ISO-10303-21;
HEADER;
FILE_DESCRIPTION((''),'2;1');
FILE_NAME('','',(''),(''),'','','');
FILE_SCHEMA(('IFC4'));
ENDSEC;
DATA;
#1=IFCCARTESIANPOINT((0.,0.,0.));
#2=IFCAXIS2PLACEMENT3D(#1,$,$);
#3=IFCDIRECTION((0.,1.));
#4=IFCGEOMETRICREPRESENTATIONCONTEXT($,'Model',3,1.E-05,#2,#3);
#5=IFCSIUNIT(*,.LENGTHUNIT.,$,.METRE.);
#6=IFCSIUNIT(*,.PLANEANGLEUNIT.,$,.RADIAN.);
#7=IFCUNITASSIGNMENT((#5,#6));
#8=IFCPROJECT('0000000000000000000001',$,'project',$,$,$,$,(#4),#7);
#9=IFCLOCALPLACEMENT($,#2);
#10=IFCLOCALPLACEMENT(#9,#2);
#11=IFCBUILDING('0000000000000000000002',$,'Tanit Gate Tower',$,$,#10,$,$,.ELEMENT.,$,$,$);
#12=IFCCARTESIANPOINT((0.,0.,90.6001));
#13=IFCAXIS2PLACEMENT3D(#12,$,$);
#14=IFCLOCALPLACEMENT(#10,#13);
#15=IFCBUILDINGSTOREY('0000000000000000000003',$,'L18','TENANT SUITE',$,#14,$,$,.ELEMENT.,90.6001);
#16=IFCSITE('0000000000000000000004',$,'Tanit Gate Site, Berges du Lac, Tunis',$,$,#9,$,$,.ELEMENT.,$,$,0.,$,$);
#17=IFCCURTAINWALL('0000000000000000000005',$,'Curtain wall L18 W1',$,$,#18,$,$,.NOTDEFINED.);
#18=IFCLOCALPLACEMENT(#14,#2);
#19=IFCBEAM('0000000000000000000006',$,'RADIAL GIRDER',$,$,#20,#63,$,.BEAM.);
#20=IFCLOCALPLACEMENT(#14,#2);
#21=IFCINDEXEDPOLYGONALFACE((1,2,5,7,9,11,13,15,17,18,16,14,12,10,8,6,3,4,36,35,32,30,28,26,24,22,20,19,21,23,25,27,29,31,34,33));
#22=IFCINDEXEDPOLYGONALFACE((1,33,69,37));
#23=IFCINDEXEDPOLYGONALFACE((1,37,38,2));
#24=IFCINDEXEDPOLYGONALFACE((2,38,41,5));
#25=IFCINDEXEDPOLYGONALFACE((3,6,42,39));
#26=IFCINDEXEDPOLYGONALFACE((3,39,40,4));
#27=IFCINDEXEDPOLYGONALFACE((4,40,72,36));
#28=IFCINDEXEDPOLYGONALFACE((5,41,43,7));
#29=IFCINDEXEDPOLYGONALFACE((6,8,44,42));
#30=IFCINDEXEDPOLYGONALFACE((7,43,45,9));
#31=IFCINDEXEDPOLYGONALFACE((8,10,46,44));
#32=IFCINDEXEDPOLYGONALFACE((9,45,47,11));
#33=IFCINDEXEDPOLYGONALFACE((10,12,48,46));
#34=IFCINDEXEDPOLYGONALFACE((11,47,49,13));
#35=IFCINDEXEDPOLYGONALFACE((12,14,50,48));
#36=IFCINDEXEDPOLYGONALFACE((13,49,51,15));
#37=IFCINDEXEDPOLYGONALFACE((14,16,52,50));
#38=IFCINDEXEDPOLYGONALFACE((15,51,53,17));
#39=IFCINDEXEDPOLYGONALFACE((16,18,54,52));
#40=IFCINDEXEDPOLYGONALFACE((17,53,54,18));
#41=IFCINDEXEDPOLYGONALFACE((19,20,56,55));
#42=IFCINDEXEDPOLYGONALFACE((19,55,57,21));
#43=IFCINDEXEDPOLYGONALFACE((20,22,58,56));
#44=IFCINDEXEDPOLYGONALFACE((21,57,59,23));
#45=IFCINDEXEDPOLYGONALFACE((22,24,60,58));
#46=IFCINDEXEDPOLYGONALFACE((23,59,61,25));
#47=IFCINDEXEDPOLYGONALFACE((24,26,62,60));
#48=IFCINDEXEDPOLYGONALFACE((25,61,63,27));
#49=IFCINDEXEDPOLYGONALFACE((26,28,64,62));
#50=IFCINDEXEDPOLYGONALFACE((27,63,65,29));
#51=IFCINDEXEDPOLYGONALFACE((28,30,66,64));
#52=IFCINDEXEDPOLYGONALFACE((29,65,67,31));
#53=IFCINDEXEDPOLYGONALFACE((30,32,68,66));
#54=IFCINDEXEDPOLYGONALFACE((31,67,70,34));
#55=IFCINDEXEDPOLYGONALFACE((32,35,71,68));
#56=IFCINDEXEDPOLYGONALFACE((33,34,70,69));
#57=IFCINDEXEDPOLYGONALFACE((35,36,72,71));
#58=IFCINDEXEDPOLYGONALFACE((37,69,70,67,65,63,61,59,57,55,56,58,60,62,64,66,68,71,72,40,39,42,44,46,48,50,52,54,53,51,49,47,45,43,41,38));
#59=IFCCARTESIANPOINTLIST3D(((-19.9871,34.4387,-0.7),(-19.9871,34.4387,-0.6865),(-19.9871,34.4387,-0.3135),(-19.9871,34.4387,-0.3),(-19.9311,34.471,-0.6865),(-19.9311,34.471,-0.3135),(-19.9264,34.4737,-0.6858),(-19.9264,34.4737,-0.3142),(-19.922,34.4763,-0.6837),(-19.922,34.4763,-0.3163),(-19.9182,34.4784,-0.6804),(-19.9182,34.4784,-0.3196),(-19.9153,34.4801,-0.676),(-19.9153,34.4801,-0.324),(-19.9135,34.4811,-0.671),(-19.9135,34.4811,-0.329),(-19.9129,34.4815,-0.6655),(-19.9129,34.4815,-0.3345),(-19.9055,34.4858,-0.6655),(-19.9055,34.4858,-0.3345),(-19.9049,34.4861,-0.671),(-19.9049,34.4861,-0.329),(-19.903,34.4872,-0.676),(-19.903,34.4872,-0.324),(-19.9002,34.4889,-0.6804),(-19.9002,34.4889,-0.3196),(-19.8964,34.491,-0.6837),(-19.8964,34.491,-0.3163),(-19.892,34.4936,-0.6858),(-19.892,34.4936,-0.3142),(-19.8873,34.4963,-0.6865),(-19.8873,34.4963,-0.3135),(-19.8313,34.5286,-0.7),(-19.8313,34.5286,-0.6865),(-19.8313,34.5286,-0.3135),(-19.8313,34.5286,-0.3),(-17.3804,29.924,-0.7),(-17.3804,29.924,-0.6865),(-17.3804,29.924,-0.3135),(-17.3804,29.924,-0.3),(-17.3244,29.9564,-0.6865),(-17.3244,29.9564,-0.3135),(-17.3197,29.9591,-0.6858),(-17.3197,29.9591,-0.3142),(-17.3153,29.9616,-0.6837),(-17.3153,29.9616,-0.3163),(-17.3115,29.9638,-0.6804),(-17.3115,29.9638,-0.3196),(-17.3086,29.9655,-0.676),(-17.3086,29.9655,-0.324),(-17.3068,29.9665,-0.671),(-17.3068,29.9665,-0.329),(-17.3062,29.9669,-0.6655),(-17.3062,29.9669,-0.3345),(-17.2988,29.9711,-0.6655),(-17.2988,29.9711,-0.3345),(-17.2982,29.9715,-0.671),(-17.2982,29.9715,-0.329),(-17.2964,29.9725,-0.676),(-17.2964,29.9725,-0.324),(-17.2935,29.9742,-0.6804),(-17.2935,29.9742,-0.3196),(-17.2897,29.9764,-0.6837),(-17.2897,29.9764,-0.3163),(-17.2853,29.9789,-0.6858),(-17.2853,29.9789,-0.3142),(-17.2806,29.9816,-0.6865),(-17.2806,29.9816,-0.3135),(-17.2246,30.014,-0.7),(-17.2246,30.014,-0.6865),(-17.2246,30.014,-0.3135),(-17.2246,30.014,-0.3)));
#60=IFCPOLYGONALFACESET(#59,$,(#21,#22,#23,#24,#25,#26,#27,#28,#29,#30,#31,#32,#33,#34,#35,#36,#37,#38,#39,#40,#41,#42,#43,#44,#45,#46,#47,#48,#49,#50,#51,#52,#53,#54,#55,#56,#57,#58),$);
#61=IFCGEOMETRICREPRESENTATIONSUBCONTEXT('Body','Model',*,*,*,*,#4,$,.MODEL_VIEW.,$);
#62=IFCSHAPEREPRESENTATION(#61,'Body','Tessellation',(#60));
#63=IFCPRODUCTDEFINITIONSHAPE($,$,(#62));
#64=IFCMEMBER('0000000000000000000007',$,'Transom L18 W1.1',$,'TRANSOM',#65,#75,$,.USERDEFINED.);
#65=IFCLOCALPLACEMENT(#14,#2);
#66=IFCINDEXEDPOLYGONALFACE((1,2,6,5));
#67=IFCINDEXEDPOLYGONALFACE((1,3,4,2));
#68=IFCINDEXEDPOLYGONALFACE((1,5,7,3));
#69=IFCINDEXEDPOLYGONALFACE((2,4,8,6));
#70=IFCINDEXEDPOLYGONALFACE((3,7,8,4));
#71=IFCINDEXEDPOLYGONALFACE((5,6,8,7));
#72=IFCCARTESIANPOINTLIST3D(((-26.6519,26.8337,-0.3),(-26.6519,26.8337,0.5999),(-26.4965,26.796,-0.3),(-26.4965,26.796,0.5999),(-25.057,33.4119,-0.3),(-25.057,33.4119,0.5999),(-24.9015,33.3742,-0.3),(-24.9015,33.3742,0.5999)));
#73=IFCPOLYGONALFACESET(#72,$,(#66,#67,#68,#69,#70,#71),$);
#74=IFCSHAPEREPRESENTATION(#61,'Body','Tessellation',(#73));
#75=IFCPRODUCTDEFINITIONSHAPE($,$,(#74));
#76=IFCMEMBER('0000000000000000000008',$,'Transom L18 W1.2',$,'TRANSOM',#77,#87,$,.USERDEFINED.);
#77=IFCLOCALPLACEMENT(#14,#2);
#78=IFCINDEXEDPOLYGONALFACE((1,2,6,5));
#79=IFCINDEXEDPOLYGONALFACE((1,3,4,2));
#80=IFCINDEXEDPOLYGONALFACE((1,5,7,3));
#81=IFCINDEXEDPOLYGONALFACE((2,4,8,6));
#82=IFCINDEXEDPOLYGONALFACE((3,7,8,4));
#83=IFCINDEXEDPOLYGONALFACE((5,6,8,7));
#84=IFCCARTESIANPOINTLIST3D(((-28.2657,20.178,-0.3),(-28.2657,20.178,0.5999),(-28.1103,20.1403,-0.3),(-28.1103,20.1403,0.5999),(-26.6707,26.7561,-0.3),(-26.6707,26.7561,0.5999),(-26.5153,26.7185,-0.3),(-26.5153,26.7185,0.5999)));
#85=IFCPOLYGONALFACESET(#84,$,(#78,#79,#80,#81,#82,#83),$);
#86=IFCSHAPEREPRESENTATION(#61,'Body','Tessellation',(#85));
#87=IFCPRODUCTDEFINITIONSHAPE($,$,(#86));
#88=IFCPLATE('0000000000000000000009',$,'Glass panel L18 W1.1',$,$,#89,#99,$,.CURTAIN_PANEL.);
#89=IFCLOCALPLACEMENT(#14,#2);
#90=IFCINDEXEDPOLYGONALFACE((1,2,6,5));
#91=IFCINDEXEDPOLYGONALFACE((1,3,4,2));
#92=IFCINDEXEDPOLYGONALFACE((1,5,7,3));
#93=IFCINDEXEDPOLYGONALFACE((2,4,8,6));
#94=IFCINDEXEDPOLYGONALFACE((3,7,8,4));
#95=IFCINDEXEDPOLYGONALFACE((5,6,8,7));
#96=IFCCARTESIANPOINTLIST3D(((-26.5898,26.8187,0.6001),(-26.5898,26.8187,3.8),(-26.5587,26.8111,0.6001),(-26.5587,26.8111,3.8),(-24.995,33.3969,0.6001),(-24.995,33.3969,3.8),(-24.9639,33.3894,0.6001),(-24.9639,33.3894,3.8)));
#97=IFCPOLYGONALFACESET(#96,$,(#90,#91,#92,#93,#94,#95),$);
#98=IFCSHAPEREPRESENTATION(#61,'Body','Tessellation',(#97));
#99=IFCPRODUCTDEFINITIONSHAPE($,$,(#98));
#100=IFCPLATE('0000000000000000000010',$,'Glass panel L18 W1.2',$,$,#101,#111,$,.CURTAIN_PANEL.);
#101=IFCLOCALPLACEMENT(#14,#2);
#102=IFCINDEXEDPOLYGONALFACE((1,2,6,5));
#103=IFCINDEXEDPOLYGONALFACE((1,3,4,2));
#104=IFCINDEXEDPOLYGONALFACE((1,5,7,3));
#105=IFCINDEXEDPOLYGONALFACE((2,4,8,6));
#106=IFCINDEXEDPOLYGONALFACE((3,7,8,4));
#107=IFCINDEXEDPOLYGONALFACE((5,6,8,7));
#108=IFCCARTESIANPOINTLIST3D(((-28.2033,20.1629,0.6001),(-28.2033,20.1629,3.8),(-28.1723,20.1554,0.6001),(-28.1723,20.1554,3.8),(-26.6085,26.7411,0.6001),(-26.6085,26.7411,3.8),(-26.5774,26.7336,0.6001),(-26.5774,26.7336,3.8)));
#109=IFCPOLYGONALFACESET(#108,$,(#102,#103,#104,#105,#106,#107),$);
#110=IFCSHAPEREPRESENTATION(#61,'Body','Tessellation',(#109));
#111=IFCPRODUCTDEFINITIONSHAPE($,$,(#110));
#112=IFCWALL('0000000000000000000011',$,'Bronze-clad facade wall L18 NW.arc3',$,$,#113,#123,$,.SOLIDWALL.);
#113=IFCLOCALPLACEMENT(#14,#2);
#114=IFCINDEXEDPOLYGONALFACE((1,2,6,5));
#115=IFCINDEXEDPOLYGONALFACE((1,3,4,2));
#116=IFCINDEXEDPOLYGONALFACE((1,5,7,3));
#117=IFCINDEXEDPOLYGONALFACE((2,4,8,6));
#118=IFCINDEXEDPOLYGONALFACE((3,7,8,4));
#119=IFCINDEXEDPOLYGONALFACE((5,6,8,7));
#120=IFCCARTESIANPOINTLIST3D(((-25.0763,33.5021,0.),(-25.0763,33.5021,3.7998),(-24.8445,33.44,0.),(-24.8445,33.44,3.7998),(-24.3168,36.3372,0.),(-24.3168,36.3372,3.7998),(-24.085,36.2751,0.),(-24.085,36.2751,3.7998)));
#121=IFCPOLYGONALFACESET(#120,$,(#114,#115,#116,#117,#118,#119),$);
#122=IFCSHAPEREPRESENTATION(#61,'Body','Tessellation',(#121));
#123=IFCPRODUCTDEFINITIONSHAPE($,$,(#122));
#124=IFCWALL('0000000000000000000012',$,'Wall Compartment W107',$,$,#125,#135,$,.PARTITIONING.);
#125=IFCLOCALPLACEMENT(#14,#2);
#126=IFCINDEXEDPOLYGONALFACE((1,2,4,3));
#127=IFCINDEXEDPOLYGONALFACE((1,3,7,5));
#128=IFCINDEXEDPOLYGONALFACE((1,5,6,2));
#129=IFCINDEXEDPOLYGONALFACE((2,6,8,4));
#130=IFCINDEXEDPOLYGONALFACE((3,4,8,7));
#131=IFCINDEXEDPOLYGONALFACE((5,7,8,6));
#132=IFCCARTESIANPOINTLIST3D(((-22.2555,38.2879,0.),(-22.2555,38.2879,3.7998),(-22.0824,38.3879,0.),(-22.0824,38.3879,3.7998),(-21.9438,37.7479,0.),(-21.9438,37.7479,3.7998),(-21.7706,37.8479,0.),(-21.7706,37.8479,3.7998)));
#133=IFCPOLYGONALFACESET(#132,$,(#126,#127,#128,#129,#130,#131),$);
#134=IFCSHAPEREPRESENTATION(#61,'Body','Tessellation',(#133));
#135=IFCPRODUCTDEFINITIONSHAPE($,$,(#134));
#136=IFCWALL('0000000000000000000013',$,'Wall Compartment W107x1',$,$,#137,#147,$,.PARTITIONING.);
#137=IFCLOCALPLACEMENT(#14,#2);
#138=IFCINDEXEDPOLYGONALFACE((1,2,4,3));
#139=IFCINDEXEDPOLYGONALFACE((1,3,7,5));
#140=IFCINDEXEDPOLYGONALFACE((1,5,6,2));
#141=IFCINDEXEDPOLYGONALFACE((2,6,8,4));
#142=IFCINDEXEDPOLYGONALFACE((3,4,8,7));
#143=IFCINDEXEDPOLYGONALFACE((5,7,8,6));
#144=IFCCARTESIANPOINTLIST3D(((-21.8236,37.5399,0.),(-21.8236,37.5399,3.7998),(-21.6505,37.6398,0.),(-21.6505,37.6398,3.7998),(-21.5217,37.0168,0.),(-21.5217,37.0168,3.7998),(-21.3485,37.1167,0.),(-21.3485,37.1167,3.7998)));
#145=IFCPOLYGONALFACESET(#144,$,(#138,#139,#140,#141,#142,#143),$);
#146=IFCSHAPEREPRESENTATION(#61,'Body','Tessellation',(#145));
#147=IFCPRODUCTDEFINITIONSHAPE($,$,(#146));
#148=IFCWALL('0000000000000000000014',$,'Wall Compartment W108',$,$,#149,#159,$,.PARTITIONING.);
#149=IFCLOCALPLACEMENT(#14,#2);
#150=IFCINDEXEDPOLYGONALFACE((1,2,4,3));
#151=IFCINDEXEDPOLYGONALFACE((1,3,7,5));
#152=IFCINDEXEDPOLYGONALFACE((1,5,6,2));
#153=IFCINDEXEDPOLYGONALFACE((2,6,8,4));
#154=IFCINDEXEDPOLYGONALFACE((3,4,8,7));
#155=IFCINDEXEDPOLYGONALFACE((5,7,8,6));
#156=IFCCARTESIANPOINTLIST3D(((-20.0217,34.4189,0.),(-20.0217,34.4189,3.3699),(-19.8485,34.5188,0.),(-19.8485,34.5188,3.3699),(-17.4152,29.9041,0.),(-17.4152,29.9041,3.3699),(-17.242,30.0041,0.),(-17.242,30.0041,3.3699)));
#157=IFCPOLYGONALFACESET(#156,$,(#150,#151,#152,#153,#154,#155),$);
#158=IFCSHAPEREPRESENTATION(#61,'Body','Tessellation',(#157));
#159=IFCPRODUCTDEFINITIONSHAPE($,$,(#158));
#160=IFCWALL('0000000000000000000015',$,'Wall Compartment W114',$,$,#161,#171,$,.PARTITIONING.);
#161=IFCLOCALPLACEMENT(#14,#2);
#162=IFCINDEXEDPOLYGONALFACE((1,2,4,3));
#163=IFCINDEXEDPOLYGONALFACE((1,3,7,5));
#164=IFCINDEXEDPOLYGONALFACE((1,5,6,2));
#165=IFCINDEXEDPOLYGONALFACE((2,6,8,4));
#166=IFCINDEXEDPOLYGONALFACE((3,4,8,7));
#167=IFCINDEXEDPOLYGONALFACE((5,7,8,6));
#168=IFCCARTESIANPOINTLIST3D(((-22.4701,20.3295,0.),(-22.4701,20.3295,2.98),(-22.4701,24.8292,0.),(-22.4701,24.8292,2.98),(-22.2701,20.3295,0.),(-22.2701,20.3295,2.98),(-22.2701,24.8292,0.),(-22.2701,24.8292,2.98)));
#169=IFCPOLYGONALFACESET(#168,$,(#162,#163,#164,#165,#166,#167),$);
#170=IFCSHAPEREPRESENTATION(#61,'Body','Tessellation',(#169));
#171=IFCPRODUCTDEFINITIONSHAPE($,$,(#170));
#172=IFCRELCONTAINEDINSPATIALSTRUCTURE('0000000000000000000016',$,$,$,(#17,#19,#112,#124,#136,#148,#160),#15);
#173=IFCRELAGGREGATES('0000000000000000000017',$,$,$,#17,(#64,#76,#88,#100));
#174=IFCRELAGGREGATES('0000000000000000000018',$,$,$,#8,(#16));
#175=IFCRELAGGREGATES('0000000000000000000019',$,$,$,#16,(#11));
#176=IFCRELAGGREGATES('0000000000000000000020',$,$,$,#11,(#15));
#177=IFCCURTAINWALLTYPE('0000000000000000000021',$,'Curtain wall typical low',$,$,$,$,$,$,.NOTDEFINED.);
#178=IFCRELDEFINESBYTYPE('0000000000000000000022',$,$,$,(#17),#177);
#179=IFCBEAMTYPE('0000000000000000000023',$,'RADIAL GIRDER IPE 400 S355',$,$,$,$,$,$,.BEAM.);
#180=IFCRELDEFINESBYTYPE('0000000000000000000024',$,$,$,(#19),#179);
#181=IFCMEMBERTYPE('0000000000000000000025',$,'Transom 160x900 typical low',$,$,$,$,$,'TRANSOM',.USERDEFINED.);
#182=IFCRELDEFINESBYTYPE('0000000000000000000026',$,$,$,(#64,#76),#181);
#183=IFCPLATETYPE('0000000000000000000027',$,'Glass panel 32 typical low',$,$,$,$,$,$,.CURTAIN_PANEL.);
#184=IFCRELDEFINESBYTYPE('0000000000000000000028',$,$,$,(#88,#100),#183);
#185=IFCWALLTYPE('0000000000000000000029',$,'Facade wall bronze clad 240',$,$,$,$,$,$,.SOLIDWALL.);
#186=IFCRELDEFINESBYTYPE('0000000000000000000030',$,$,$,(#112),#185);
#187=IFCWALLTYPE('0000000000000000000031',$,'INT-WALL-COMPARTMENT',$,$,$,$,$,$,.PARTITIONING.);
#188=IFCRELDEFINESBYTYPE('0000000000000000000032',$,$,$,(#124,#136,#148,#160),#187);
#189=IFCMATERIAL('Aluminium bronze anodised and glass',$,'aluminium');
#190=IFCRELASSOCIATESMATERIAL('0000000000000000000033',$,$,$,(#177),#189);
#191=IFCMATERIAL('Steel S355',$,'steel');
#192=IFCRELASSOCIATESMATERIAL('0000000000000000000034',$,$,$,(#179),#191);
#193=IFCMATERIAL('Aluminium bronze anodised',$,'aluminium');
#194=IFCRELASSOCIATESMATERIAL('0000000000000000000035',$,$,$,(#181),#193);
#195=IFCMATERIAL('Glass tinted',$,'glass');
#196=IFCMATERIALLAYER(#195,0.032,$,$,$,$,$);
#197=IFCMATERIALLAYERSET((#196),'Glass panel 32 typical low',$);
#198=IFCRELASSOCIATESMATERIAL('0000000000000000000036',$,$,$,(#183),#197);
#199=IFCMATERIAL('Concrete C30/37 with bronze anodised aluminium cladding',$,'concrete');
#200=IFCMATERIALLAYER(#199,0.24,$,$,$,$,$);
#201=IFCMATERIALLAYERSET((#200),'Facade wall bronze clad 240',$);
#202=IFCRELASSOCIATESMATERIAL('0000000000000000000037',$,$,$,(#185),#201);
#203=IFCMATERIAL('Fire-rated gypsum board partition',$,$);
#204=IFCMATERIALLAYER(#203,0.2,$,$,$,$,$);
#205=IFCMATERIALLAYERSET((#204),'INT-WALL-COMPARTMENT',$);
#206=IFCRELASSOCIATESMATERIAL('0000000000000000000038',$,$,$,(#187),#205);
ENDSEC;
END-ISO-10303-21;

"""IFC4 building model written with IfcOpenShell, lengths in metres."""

from ifc_helpers import new_model, si_unit, direction, frame, frame_2d, origin, origin_2d, place, context, subcontext, project, spatial, rectangle, i_section, extrude, material, layer, layer_set, material_profile, profile_set, type_object, element, aggregate, save


model = new_model("IFC4")

# Units and contexts
model_context = context("Model", 3, precision=1e-05, world=origin(), true_north=direction((0.0, 1.0)))
body_context = subcontext(model_context, "Body", "Model", "MODEL_VIEW")
ifc_project = project(units=[si_unit("LENGTHUNIT", "METRE"), si_unit("PLANEANGLEUNIT", "RADIAN")], contexts=[model_context])

# Site, building, storey
site_placement = place(None, origin())
site = spatial("IfcSite", under=ifc_project, at=site_placement, Name="Tanit Gate Site, Berges du Lac, Tunis", CompositionType="ELEMENT", RefElevation=0.0)
building_placement = place(site_placement, origin())
building = spatial("IfcBuilding", under=site, at=building_placement, Name="Tanit Gate Tower", CompositionType="ELEMENT")
storey_placement = place(building_placement, frame((0.0, 0.0, 90.6001)))
storey = spatial("IfcBuildingStorey", under=building, at=storey_placement, Name="L18", Description="TENANT SUITE", CompositionType="ELEMENT", Elevation=90.6001)

# Curtain wall
ifc_material_1 = material(Name="Aluminium bronze anodised and glass", Category="aluminium")
curtain_wall_type = type_object("IfcCurtainWallType", Name="Curtain wall typical low", PredefinedType="NOTDEFINED", material=ifc_material_1)
curtain_wall_placement = place(storey_placement, origin())
curtain_wall = element("IfcCurtainWall", 1, at=curtain_wall_placement, inside=storey, type_object=curtain_wall_type, Name="Curtain wall L18 W1", PredefinedType="NOTDEFINED")

# Beam
ifc_material_2 = material(Name="Steel S355", Category="steel")
ifc_material_profile_1 = material_profile(ifc_material_2, i_section(OverallWidth=0.1799, OverallDepth=0.3999, WebThickness=0.0085, FlangeThickness=0.0134, FilletRadius=0.021, at=origin_2d()), Name="IPE 400")
ifc_profile_set_1 = profile_set([ifc_material_profile_1], Name="Steel S355")
beam_type_1 = type_object("IfcBeamType", Name="RADIAL GIRDER IPE 400 S355", PredefinedType="BEAM", material=ifc_profile_set_1)
beam_1_placement = place(storey_placement, frame((-19.9092, 34.4836, -0.5), z_axis=(0.500022, -0.866012, 0.0), x_axis=(0.866012, 0.500022, 0.0)))
element("IfcBeam", 2, at=beam_1_placement, inside=storey, type_object=beam_type_1, Name="RADIAL GIRDER", PredefinedType="BEAM", context=body_context, shape_type="SweptSolid", body=[
    extrude(i_section(OverallWidth=0.1799, OverallDepth=0.3999, WebThickness=0.0085, FlangeThickness=0.0134, FilletRadius=0.021, at=origin_2d()), origin(), (0.0, 0.0, 1.0), 5.2131),
])

# Members
ifc_material_3 = material(Name="Aluminium bronze anodised", Category="aluminium")
ifc_material_profile_2 = material_profile(ifc_material_3, rectangle(XDim=0.1599, YDim=0.8999, at=origin_2d()), Name="160x900 bronze transom")
ifc_profile_set_2 = profile_set([ifc_material_profile_2], Name="Aluminium bronze anodised")
member_type_1 = type_object("IfcMemberType", Name="Transom 160x900 typical low", ElementType="TRANSOM", PredefinedType="USERDEFINED", material=ifc_profile_set_2)
member_1_placement = place(storey_placement, frame((-24.9792, 33.3931, 0.1499), z_axis=(-0.235638, -0.971841, 0.0), x_axis=(0.971841, -0.235638, 0.0)))
member_1 = element("IfcMember", 3, at=member_1_placement, type_object=member_type_1, Name="Transom L18 W1.1", ObjectType="TRANSOM", PredefinedType="USERDEFINED", context=body_context, shape_type="SweptSolid", body=[
    extrude(rectangle(XDim=0.1599, YDim=0.8999, at=origin_2d()), origin(), (0.0, 0.0, 1.0), 6.7688),
])
member_2_placement = place(storey_placement, frame((-26.593, 26.7373, 0.1499), z_axis=(-0.235638, -0.971841, 0.0), x_axis=(0.971841, -0.235638, 0.0)))
member_2 = element("IfcMember", 4, at=member_2_placement, type_object=member_type_1, Name="Transom L18 W1.2", ObjectType="TRANSOM", PredefinedType="USERDEFINED", context=body_context, shape_type="SweptSolid", body=[
    extrude(rectangle(XDim=0.1599, YDim=0.8999, at=origin_2d()), origin(), (0.0, 0.0, 1.0), 6.7688),
])

# Plates
ifc_material_4 = material(Name="Glass tinted", Category="glass")
ifc_layer_1 = layer(ifc_material_4, 0.032)
ifc_layer_set_1 = layer_set([ifc_layer_1], Name="Glass panel 32 typical low")
plate_type = type_object("IfcPlateType", Name="Glass panel 32 typical low", PredefinedType="CURTAIN_PANEL", material=ifc_layer_set_1)
plate_1_placement = place(storey_placement, frame((-25.7769, 30.104, 0.6001), z_axis=(0.0, 0.0, 1.0), x_axis=(-0.235618, -0.971846, 0.0)))
plate_1 = element("IfcPlate", 5, at=plate_1_placement, type_object=plate_type, Name="Glass panel L18 W1.1", PredefinedType="CURTAIN_PANEL", context=body_context, shape_type="SweptSolid", body=[
    extrude(rectangle(XDim=6.7688, YDim=0.032, at=origin_2d()), origin(), (0.0, 0.0, 1.0), 3.2),
])
plate_2_placement = place(storey_placement, frame((-27.3904, 23.4482, 0.6001), z_axis=(0.0, 0.0, 1.0), x_axis=(-0.235618, -0.971846, 0.0)))
plate_2 = element("IfcPlate", 6, at=plate_2_placement, type_object=plate_type, Name="Glass panel L18 W1.2", PredefinedType="CURTAIN_PANEL", context=body_context, shape_type="SweptSolid", body=[
    extrude(rectangle(XDim=6.7688, YDim=0.032, at=origin_2d()), origin(), (0.0, 0.0, 1.0), 3.2),
])
aggregate(curtain_wall, [member_1, member_2, plate_1, plate_2])

# Walls
ifc_material_5 = material(Name="Concrete C30/37 with bronze anodised aluminium cladding", Category="concrete")
ifc_layer_2 = layer(ifc_material_5, 0.24)
ifc_layer_set_2 = layer_set([ifc_layer_2], Name="Facade wall bronze clad 240")
wall_type_1 = type_object("IfcWallType", Name="Facade wall bronze clad 240", PredefinedType="SOLIDWALL", material=ifc_layer_set_2)
wall_1_placement = place(storey_placement, frame((-24.2009, 36.3062, 0.0), z_axis=(0.0, 0.0, 1.0), x_axis=(-0.258765, -0.96594, 0.0)))
element("IfcWall", 7, at=wall_1_placement, inside=storey, type_object=wall_type_1, Name="Bronze-clad facade wall L18 NW.arc3", PredefinedType="SOLIDWALL", context=body_context, shape_type="SweptSolid", body=[
    extrude(rectangle(XDim=2.9351, YDim=0.24, at=frame_2d((1.4675, 0.0))), origin(), (0.0, 0.0, 1.0), 3.7998),
])
ifc_material_6 = material(Name="Fire-rated gypsum board partition")
ifc_layer_3 = layer(ifc_material_6, 0.2)
ifc_layer_set_3 = layer_set([ifc_layer_3], Name="INT-WALL-COMPARTMENT")
wall_type_2 = type_object("IfcWallType", Name="INT-WALL-COMPARTMENT", PredefinedType="PARTITIONING", material=ifc_layer_set_3)
wall_2_placement = place(storey_placement, frame((-22.1689, 38.3379, 0.0), z_axis=(0.0, 0.0, 1.0), x_axis=(0.499971, -0.866042, 0.0)))
element("IfcWall", 8, at=wall_2_placement, inside=storey, type_object=wall_type_2, Name="Wall Compartment W107", PredefinedType="PARTITIONING", context=body_context, shape_type="SweptSolid", body=[
    extrude(rectangle(XDim=0.6235, YDim=0.2, at=frame_2d((0.3118, 0.0))), origin(), (0.0, 0.0, 1.0), 3.7998),
])
wall_3_placement = place(storey_placement, frame((-21.7371, 37.5898, 0.0), z_axis=(0.0, 0.0, 1.0), x_axis=(0.499921, -0.866071, 0.0)))
element("IfcWall", 9, at=wall_3_placement, inside=storey, type_object=wall_type_2, Name="Wall Compartment W107x1", PredefinedType="PARTITIONING", context=body_context, shape_type="SweptSolid", body=[
    extrude(rectangle(XDim=0.604, YDim=0.2, at=frame_2d((0.302, 0.0))), origin(), (0.0, 0.0, 1.0), 3.7998),
])
wall_4_placement = place(storey_placement, frame((-19.9351, 34.4688, 0.0), z_axis=(0.0, 0.0, 1.0), x_axis=(0.499987, -0.866033, 0.0)))
element("IfcWall", 10, at=wall_4_placement, inside=storey, type_object=wall_type_2, Name="Wall Compartment W108", PredefinedType="PARTITIONING", context=body_context, shape_type="SweptSolid", body=[
    extrude(rectangle(XDim=5.2131, YDim=0.2, at=frame_2d((2.6064, 0.0))), origin(), (0.0, 0.0, 1.0), 3.3699),
])
wall_5_placement = place(storey_placement, frame((-22.3701, 20.3293, 0.0), z_axis=(0.0, 0.0, 1.0), x_axis=(0.0, 1.0, 0.0)))
element("IfcWall", 11, at=wall_5_placement, inside=storey, type_object=wall_type_2, Name="Wall Compartment W114", PredefinedType="PARTITIONING", context=body_context, shape_type="SweptSolid", body=[
    extrude(rectangle(XDim=4.4998, YDim=0.2, at=frame_2d((2.25, 0.0))), origin(), (0.0, 0.0, 1.0), 2.98),
])

save(model, "model.ifc")
